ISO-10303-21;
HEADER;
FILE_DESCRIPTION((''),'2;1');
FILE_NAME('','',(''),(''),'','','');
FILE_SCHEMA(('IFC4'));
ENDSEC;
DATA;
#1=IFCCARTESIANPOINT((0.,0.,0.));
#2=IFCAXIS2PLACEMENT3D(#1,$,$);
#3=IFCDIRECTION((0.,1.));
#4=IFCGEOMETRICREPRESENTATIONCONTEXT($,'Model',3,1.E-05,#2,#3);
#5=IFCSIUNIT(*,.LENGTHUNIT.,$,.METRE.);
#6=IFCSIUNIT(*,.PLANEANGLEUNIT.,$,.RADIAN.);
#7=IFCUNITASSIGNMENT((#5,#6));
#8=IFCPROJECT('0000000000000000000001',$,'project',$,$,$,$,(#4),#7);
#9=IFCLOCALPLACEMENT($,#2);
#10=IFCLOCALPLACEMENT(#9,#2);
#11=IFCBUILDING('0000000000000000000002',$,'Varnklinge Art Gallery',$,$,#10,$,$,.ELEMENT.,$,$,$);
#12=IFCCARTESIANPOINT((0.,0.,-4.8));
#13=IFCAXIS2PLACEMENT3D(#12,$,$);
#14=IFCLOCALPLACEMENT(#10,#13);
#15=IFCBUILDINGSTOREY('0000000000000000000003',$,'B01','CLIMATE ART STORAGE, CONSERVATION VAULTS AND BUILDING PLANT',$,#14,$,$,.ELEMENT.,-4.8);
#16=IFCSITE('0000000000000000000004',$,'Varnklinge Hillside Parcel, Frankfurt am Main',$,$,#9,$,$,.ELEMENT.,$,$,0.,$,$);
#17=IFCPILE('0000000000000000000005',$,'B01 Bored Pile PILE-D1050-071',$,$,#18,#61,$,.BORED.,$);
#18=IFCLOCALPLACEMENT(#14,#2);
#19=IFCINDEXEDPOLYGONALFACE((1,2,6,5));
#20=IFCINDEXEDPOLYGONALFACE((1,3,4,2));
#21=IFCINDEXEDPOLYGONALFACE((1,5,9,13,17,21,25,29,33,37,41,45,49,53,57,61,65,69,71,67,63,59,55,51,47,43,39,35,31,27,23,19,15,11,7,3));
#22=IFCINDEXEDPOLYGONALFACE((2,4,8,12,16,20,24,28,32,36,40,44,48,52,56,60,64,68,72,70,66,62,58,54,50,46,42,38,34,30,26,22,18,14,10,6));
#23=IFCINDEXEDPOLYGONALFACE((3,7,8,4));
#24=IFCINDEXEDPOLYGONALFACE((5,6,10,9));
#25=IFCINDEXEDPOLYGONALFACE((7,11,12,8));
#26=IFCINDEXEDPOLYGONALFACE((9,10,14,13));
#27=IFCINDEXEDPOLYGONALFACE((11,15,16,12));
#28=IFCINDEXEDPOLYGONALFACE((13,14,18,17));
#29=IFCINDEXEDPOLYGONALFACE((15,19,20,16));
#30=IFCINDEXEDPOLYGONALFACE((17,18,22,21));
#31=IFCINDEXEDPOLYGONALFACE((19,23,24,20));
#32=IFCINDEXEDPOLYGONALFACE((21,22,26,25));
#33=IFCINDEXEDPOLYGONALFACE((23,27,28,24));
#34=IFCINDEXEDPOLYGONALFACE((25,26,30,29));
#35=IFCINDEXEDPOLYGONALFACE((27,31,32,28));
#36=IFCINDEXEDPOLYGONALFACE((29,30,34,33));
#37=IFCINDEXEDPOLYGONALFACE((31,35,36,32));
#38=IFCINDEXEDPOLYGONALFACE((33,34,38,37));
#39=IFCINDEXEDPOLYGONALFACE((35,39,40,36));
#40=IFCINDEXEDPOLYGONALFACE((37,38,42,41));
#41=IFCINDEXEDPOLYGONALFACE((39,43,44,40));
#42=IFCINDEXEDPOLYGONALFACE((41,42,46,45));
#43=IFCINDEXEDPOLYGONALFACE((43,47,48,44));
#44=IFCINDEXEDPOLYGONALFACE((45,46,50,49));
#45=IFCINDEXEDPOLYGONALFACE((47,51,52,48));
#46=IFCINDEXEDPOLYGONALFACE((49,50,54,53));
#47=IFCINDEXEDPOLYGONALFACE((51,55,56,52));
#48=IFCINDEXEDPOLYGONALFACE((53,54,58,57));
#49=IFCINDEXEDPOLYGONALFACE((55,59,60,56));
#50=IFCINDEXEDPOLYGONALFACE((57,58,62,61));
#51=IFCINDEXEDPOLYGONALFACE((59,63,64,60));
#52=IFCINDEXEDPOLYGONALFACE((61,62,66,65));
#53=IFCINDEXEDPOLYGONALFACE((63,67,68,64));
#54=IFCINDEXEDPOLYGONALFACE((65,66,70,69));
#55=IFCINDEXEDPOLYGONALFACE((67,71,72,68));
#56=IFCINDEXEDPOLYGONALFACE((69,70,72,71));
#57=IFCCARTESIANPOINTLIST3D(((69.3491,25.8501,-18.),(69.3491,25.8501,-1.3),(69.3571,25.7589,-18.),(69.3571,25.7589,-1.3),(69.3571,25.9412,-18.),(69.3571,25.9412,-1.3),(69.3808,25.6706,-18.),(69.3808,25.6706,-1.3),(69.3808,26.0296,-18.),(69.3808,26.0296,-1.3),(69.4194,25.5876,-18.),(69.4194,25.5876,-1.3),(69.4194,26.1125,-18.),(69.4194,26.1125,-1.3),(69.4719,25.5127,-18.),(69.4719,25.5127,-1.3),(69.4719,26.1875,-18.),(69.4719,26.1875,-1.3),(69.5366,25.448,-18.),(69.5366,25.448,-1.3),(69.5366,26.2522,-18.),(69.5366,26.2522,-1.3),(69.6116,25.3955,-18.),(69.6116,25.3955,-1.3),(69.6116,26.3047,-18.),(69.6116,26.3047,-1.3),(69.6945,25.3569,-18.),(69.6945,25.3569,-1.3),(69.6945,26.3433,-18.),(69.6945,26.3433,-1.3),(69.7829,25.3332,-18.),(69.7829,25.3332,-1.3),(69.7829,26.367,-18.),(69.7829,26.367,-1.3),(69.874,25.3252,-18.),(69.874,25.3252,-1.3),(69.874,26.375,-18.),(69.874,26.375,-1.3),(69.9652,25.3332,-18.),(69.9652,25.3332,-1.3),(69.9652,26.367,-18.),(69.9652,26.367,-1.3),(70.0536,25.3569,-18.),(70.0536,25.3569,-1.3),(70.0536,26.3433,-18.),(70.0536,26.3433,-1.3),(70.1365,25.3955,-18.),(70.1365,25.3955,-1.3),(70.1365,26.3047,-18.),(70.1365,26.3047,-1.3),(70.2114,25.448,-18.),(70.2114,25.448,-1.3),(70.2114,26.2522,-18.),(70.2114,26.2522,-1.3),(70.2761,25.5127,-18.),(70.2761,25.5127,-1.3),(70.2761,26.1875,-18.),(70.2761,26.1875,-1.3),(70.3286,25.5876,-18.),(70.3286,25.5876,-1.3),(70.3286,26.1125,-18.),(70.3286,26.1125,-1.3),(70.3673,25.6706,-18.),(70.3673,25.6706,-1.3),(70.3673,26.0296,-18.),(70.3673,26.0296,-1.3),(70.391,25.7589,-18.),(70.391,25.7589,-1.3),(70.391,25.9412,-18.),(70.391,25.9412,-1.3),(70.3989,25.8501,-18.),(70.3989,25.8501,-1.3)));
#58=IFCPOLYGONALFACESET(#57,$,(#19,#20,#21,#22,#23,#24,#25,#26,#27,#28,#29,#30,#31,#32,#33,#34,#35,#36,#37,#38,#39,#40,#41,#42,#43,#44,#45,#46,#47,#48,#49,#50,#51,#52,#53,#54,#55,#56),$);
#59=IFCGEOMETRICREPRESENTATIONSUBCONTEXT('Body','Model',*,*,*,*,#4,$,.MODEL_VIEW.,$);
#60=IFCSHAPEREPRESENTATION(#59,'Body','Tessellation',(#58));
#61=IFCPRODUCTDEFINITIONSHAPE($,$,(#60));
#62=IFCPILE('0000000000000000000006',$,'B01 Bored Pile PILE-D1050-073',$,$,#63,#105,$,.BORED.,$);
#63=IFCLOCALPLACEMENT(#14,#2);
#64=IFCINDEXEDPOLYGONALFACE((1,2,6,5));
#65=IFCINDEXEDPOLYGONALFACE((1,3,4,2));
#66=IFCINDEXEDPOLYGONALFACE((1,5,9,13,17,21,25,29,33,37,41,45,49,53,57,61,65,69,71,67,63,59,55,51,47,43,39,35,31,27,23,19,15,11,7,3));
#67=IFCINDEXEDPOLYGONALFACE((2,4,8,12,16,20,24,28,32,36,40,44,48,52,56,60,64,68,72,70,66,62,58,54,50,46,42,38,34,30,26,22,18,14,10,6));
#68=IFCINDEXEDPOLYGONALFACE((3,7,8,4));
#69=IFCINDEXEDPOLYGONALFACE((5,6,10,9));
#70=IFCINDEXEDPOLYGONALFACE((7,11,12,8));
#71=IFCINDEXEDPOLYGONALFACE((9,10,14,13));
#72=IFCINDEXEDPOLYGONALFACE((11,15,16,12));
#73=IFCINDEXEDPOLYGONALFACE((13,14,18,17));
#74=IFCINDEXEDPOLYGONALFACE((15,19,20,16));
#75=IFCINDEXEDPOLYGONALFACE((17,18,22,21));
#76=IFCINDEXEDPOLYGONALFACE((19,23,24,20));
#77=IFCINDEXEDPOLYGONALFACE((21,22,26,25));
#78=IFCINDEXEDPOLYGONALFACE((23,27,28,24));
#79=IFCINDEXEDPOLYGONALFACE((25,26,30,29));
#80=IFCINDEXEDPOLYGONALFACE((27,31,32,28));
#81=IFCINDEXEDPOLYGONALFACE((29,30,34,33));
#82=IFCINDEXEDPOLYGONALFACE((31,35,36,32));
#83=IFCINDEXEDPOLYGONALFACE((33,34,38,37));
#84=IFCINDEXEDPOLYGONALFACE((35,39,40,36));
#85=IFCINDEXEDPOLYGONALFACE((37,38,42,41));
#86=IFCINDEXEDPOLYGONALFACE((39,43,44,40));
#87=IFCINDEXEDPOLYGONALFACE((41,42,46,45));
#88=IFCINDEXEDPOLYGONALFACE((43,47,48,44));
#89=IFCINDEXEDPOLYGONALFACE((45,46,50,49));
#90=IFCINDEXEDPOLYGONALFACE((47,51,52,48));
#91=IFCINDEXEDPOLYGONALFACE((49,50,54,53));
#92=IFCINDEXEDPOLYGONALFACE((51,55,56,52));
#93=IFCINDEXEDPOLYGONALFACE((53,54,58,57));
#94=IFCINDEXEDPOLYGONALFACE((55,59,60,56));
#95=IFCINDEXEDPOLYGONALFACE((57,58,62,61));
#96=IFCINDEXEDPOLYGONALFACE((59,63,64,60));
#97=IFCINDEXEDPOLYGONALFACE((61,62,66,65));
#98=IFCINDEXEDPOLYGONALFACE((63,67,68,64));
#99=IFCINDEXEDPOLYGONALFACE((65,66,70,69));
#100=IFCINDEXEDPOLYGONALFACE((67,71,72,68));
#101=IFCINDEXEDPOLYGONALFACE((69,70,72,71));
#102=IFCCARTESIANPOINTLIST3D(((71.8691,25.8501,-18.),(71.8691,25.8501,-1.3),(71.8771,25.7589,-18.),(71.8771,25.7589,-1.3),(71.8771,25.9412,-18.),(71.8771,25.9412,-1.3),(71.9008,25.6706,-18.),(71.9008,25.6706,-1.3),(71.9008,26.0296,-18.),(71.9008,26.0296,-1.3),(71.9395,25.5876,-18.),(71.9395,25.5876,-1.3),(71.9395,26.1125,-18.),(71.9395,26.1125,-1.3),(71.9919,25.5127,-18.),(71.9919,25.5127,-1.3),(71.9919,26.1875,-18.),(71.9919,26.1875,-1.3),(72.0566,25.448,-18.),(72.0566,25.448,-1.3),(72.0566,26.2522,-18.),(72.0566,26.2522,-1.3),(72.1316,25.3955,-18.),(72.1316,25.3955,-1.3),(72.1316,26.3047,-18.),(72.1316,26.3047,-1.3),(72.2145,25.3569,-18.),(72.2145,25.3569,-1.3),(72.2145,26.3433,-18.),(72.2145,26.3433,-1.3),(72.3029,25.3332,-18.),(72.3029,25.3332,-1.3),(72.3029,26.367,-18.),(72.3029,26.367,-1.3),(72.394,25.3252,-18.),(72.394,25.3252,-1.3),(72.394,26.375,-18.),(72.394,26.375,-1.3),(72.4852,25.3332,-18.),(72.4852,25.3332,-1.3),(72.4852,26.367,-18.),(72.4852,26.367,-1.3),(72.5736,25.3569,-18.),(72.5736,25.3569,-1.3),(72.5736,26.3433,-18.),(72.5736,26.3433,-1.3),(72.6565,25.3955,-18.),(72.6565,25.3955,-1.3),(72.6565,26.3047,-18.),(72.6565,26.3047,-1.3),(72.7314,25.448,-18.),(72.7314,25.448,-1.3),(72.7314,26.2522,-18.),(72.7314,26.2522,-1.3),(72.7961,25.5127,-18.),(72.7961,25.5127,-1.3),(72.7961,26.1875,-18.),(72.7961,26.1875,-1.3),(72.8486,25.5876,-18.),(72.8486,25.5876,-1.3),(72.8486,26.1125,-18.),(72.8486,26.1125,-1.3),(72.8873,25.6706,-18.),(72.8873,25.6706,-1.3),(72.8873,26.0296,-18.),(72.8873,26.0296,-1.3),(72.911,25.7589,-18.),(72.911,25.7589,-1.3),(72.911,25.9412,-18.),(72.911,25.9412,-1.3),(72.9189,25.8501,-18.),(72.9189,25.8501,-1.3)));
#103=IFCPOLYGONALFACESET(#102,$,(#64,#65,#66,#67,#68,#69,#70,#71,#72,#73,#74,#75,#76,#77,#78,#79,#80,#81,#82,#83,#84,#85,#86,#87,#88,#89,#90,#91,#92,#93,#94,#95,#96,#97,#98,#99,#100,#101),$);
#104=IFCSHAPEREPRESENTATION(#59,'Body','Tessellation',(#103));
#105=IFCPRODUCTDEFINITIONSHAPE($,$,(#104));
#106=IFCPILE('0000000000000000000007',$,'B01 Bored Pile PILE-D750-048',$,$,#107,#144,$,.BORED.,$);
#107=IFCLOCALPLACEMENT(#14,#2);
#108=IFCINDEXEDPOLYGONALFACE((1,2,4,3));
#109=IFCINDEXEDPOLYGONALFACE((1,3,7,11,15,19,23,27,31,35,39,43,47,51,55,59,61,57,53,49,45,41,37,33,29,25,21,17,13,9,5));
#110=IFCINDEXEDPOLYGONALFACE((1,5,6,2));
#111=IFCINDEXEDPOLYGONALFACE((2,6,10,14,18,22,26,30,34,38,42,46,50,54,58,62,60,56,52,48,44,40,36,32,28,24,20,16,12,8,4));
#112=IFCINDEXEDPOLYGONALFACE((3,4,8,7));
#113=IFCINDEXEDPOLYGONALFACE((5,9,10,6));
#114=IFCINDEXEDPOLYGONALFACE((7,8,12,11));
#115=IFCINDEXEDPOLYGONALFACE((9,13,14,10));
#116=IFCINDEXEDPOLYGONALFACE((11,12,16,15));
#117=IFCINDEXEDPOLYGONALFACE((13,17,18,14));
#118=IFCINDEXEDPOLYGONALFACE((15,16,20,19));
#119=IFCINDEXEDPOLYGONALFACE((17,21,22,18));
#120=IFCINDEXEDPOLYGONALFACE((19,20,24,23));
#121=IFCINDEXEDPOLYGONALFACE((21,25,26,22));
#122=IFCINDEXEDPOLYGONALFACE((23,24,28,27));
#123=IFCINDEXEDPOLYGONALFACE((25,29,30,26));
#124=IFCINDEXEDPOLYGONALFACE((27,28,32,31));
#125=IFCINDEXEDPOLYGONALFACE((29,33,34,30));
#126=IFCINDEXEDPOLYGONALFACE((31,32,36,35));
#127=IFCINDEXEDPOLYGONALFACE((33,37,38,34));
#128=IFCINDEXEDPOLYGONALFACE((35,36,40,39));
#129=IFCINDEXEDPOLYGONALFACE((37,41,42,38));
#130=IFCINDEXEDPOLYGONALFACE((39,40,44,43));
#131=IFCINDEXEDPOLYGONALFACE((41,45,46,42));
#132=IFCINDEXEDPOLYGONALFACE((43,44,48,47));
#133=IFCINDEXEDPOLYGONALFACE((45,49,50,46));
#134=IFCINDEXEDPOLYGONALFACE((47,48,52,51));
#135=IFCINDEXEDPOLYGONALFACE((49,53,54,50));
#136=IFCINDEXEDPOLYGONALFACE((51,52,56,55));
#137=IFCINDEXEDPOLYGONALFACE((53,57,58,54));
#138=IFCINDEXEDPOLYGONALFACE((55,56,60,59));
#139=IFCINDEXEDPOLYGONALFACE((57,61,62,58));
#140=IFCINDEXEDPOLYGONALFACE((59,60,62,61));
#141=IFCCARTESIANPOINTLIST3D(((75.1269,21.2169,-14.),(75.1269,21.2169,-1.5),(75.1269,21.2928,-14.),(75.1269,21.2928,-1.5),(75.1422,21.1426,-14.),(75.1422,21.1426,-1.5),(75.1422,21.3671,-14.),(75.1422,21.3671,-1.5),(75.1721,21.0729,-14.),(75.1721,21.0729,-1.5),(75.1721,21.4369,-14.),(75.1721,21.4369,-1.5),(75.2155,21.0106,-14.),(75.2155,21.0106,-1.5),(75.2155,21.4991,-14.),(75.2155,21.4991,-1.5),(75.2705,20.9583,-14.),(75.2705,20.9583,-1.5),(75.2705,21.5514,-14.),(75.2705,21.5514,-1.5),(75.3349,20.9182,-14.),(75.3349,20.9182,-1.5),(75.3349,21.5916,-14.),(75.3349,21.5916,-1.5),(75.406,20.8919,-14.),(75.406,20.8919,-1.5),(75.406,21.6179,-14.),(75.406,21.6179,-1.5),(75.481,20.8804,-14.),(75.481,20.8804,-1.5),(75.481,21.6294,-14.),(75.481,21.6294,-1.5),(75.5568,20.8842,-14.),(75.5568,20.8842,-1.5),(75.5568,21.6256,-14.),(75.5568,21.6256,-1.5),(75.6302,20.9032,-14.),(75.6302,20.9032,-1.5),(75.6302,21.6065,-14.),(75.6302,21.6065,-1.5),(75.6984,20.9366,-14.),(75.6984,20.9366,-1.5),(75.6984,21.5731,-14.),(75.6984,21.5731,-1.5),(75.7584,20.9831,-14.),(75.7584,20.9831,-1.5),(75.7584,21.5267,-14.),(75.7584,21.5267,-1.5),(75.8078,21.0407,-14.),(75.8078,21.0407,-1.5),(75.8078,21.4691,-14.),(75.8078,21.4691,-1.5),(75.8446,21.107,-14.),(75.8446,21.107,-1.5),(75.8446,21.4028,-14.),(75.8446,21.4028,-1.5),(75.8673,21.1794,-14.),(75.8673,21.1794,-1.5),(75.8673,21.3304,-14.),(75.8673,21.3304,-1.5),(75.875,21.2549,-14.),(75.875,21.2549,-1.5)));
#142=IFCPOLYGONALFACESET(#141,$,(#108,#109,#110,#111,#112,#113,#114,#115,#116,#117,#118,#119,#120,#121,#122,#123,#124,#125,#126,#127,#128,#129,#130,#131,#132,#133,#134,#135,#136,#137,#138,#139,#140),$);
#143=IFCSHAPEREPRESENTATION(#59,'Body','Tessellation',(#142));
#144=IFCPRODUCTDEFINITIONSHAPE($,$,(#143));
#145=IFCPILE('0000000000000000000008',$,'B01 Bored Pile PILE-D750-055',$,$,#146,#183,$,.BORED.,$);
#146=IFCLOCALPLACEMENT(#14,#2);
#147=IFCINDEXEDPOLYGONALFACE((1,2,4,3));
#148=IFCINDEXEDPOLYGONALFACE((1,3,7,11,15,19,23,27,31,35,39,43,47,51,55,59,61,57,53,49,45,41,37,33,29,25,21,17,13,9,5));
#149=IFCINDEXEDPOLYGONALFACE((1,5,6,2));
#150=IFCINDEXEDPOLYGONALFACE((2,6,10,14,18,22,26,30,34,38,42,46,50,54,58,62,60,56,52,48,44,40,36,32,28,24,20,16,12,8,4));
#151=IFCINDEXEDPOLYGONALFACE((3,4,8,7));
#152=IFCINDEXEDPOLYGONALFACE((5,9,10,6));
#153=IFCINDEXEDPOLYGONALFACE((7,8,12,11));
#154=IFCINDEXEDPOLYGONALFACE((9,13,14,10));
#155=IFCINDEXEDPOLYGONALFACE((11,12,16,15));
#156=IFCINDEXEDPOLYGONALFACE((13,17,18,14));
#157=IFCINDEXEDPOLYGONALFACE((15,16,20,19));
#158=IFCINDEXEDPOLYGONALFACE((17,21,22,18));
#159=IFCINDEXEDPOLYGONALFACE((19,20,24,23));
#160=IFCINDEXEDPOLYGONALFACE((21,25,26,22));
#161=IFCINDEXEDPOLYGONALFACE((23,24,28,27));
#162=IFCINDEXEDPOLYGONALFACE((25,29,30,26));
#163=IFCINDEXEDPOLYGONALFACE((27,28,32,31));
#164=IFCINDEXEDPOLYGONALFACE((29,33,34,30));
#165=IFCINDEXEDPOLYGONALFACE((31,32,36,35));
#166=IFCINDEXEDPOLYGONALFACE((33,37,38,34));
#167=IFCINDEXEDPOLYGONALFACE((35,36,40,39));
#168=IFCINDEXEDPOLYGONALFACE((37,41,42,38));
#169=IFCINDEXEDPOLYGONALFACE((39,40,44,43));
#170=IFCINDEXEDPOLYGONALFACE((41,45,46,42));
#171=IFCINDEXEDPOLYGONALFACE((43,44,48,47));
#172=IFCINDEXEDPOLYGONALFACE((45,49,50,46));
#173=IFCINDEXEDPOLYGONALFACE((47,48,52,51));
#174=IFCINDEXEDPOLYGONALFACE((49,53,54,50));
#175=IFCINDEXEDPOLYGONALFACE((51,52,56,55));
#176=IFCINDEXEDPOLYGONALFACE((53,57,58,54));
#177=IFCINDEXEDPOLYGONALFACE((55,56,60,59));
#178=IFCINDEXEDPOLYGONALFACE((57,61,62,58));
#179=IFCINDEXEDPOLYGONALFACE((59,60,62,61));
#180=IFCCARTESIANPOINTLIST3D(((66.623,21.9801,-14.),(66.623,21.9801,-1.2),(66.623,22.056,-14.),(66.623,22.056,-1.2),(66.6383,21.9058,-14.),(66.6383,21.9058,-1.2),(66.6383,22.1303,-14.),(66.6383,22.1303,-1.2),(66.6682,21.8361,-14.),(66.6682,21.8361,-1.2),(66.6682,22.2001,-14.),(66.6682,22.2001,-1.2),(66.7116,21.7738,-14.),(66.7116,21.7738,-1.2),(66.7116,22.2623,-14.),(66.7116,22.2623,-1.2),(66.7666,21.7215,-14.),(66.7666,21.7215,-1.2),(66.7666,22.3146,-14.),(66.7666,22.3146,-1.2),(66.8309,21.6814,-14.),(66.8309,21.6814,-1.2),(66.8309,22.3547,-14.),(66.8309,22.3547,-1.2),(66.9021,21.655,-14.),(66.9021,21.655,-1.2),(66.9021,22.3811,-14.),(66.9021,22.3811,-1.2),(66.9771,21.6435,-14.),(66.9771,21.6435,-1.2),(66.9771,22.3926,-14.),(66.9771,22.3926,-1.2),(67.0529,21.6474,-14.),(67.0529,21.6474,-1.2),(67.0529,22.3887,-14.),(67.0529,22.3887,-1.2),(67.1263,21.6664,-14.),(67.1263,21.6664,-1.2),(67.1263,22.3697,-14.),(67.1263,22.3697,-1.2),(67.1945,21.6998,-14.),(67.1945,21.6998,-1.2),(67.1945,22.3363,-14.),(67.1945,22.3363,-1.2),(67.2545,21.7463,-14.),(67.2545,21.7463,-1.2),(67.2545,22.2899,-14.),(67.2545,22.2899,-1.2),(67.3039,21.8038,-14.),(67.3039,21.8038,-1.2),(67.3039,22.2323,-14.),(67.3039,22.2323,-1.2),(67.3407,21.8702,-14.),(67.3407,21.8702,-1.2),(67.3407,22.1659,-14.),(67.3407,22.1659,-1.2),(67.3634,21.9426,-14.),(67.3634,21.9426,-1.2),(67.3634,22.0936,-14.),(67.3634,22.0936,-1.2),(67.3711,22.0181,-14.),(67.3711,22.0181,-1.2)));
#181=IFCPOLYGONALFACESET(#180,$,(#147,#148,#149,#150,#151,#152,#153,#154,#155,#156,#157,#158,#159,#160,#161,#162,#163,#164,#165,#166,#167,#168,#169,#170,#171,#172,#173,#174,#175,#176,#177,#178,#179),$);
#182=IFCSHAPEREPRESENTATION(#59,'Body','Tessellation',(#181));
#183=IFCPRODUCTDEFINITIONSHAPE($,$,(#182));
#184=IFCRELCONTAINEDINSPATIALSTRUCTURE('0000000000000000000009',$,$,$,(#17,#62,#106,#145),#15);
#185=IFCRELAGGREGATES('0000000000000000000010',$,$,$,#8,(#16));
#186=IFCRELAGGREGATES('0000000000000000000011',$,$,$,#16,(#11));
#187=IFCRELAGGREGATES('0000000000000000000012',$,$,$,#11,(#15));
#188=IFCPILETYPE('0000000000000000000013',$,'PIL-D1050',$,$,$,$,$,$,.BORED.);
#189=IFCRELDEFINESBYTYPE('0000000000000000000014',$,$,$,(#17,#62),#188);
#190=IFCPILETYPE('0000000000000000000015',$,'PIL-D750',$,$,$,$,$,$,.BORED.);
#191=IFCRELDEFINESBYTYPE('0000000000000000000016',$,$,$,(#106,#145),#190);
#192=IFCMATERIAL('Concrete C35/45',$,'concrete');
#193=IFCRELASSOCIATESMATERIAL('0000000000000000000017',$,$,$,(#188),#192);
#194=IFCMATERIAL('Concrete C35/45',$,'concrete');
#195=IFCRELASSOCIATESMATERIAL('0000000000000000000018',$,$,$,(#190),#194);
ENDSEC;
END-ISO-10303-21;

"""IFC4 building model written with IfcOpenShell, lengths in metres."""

from ifc_helpers import new_model, si_unit, direction, frame, origin, origin_2d, place, context, subcontext, project, spatial, circle, extrude, material, material_profile, profile_set, type_object, element, save


model = new_model("IFC4")

# Units and contexts
model_context = context("Model", 3, precision=1e-05, world=origin(), true_north=direction((0.0, 1.0)))
body_context = subcontext(model_context, "Body", "Model", "MODEL_VIEW")
ifc_project = project(units=[si_unit("LENGTHUNIT", "METRE"), si_unit("PLANEANGLEUNIT", "RADIAN")], contexts=[model_context])

# Site, building, storey
site_placement = place(None, origin())
site = spatial("IfcSite", under=ifc_project, at=site_placement, Name="Varnklinge Hillside Parcel, Frankfurt am Main", CompositionType="ELEMENT", RefElevation=0.0)
building_placement = place(site_placement, origin())
building = spatial("IfcBuilding", under=site, at=building_placement, Name="Varnklinge Art Gallery", CompositionType="ELEMENT")
storey_placement = place(building_placement, frame((0.0, 0.0, -4.8)))
storey = spatial("IfcBuildingStorey", under=building, at=storey_placement, Name="B01", Description="CLIMATE ART STORAGE, CONSERVATION VAULTS AND BUILDING PLANT", CompositionType="ELEMENT", Elevation=-4.8)

# Piles
ifc_material_1 = material(Name="Concrete C35/45", Category="concrete")
ifc_material_profile_1 = material_profile(ifc_material_1, circle(Radius=0.5249, at=origin_2d()), Name="PILE D1050")
ifc_profile_set_1 = profile_set([ifc_material_profile_1], Name="Concrete C35/45")
pile_type_1 = type_object("IfcPileType", Name="PIL-D1050", PredefinedType="BORED", material=ifc_profile_set_1)
for number, where, z_axis, x_axis, name in (
    (1, (69.874, 25.8501, -1.3), (0.0, 0.0, -1.0), (1.0, 0.0, 0.0), "B01 Bored Pile PILE-D1050-071"),
    (2, (72.394, 25.8501, -1.3), (0.0, 0.0, -1.0), (1.0, 0.0, 0.0), "B01 Bored Pile PILE-D1050-073"),
):
    element("IfcPile", number, at=place(storey_placement, frame(where, z_axis=z_axis, x_axis=x_axis)), inside=storey, type_object=pile_type_1, Name=name, PredefinedType="BORED", context=body_context, shape_type="SweptSolid", body=[
        extrude(circle(Radius=0.5249, at=origin_2d()), origin(), (0.0, 0.0, 1.0), 16.7),
    ])
ifc_material_2 = material(Name="Concrete C35/45", Category="concrete")
ifc_material_profile_2 = material_profile(ifc_material_2, circle(Radius=0.375, at=origin_2d()), Name="PILE D750")
ifc_profile_set_2 = profile_set([ifc_material_profile_2], Name="Concrete C35/45")
pile_type_2 = type_object("IfcPileType", Name="PIL-D750", PredefinedType="BORED", material=ifc_profile_set_2)
pile_1_placement = place(storey_placement, frame((75.5, 21.2549, -1.5), z_axis=(0.0, 0.0, -1.0), x_axis=(1.0, 0.0, 0.0)))
element("IfcPile", 3, at=pile_1_placement, inside=storey, type_object=pile_type_2, Name="B01 Bored Pile PILE-D750-048", PredefinedType="BORED", context=body_context, shape_type="SweptSolid", body=[
    extrude(circle(Radius=0.375, at=origin_2d()), origin(), (0.0, 0.0, 1.0), 12.5),
])
pile_2_placement = place(storey_placement, frame((66.9961, 22.0181, -1.2), z_axis=(0.0, 0.0, -1.0), x_axis=(1.0, 0.0, 0.0)))
element("IfcPile", 4, at=pile_2_placement, inside=storey, type_object=pile_type_2, Name="B01 Bored Pile PILE-D750-055", PredefinedType="BORED", context=body_context, shape_type="SweptSolid", body=[
    extrude(circle(Radius=0.375, at=origin_2d()), origin(), (0.0, 0.0, 1.0), 12.8),
])

save(model, "model.ifc")
